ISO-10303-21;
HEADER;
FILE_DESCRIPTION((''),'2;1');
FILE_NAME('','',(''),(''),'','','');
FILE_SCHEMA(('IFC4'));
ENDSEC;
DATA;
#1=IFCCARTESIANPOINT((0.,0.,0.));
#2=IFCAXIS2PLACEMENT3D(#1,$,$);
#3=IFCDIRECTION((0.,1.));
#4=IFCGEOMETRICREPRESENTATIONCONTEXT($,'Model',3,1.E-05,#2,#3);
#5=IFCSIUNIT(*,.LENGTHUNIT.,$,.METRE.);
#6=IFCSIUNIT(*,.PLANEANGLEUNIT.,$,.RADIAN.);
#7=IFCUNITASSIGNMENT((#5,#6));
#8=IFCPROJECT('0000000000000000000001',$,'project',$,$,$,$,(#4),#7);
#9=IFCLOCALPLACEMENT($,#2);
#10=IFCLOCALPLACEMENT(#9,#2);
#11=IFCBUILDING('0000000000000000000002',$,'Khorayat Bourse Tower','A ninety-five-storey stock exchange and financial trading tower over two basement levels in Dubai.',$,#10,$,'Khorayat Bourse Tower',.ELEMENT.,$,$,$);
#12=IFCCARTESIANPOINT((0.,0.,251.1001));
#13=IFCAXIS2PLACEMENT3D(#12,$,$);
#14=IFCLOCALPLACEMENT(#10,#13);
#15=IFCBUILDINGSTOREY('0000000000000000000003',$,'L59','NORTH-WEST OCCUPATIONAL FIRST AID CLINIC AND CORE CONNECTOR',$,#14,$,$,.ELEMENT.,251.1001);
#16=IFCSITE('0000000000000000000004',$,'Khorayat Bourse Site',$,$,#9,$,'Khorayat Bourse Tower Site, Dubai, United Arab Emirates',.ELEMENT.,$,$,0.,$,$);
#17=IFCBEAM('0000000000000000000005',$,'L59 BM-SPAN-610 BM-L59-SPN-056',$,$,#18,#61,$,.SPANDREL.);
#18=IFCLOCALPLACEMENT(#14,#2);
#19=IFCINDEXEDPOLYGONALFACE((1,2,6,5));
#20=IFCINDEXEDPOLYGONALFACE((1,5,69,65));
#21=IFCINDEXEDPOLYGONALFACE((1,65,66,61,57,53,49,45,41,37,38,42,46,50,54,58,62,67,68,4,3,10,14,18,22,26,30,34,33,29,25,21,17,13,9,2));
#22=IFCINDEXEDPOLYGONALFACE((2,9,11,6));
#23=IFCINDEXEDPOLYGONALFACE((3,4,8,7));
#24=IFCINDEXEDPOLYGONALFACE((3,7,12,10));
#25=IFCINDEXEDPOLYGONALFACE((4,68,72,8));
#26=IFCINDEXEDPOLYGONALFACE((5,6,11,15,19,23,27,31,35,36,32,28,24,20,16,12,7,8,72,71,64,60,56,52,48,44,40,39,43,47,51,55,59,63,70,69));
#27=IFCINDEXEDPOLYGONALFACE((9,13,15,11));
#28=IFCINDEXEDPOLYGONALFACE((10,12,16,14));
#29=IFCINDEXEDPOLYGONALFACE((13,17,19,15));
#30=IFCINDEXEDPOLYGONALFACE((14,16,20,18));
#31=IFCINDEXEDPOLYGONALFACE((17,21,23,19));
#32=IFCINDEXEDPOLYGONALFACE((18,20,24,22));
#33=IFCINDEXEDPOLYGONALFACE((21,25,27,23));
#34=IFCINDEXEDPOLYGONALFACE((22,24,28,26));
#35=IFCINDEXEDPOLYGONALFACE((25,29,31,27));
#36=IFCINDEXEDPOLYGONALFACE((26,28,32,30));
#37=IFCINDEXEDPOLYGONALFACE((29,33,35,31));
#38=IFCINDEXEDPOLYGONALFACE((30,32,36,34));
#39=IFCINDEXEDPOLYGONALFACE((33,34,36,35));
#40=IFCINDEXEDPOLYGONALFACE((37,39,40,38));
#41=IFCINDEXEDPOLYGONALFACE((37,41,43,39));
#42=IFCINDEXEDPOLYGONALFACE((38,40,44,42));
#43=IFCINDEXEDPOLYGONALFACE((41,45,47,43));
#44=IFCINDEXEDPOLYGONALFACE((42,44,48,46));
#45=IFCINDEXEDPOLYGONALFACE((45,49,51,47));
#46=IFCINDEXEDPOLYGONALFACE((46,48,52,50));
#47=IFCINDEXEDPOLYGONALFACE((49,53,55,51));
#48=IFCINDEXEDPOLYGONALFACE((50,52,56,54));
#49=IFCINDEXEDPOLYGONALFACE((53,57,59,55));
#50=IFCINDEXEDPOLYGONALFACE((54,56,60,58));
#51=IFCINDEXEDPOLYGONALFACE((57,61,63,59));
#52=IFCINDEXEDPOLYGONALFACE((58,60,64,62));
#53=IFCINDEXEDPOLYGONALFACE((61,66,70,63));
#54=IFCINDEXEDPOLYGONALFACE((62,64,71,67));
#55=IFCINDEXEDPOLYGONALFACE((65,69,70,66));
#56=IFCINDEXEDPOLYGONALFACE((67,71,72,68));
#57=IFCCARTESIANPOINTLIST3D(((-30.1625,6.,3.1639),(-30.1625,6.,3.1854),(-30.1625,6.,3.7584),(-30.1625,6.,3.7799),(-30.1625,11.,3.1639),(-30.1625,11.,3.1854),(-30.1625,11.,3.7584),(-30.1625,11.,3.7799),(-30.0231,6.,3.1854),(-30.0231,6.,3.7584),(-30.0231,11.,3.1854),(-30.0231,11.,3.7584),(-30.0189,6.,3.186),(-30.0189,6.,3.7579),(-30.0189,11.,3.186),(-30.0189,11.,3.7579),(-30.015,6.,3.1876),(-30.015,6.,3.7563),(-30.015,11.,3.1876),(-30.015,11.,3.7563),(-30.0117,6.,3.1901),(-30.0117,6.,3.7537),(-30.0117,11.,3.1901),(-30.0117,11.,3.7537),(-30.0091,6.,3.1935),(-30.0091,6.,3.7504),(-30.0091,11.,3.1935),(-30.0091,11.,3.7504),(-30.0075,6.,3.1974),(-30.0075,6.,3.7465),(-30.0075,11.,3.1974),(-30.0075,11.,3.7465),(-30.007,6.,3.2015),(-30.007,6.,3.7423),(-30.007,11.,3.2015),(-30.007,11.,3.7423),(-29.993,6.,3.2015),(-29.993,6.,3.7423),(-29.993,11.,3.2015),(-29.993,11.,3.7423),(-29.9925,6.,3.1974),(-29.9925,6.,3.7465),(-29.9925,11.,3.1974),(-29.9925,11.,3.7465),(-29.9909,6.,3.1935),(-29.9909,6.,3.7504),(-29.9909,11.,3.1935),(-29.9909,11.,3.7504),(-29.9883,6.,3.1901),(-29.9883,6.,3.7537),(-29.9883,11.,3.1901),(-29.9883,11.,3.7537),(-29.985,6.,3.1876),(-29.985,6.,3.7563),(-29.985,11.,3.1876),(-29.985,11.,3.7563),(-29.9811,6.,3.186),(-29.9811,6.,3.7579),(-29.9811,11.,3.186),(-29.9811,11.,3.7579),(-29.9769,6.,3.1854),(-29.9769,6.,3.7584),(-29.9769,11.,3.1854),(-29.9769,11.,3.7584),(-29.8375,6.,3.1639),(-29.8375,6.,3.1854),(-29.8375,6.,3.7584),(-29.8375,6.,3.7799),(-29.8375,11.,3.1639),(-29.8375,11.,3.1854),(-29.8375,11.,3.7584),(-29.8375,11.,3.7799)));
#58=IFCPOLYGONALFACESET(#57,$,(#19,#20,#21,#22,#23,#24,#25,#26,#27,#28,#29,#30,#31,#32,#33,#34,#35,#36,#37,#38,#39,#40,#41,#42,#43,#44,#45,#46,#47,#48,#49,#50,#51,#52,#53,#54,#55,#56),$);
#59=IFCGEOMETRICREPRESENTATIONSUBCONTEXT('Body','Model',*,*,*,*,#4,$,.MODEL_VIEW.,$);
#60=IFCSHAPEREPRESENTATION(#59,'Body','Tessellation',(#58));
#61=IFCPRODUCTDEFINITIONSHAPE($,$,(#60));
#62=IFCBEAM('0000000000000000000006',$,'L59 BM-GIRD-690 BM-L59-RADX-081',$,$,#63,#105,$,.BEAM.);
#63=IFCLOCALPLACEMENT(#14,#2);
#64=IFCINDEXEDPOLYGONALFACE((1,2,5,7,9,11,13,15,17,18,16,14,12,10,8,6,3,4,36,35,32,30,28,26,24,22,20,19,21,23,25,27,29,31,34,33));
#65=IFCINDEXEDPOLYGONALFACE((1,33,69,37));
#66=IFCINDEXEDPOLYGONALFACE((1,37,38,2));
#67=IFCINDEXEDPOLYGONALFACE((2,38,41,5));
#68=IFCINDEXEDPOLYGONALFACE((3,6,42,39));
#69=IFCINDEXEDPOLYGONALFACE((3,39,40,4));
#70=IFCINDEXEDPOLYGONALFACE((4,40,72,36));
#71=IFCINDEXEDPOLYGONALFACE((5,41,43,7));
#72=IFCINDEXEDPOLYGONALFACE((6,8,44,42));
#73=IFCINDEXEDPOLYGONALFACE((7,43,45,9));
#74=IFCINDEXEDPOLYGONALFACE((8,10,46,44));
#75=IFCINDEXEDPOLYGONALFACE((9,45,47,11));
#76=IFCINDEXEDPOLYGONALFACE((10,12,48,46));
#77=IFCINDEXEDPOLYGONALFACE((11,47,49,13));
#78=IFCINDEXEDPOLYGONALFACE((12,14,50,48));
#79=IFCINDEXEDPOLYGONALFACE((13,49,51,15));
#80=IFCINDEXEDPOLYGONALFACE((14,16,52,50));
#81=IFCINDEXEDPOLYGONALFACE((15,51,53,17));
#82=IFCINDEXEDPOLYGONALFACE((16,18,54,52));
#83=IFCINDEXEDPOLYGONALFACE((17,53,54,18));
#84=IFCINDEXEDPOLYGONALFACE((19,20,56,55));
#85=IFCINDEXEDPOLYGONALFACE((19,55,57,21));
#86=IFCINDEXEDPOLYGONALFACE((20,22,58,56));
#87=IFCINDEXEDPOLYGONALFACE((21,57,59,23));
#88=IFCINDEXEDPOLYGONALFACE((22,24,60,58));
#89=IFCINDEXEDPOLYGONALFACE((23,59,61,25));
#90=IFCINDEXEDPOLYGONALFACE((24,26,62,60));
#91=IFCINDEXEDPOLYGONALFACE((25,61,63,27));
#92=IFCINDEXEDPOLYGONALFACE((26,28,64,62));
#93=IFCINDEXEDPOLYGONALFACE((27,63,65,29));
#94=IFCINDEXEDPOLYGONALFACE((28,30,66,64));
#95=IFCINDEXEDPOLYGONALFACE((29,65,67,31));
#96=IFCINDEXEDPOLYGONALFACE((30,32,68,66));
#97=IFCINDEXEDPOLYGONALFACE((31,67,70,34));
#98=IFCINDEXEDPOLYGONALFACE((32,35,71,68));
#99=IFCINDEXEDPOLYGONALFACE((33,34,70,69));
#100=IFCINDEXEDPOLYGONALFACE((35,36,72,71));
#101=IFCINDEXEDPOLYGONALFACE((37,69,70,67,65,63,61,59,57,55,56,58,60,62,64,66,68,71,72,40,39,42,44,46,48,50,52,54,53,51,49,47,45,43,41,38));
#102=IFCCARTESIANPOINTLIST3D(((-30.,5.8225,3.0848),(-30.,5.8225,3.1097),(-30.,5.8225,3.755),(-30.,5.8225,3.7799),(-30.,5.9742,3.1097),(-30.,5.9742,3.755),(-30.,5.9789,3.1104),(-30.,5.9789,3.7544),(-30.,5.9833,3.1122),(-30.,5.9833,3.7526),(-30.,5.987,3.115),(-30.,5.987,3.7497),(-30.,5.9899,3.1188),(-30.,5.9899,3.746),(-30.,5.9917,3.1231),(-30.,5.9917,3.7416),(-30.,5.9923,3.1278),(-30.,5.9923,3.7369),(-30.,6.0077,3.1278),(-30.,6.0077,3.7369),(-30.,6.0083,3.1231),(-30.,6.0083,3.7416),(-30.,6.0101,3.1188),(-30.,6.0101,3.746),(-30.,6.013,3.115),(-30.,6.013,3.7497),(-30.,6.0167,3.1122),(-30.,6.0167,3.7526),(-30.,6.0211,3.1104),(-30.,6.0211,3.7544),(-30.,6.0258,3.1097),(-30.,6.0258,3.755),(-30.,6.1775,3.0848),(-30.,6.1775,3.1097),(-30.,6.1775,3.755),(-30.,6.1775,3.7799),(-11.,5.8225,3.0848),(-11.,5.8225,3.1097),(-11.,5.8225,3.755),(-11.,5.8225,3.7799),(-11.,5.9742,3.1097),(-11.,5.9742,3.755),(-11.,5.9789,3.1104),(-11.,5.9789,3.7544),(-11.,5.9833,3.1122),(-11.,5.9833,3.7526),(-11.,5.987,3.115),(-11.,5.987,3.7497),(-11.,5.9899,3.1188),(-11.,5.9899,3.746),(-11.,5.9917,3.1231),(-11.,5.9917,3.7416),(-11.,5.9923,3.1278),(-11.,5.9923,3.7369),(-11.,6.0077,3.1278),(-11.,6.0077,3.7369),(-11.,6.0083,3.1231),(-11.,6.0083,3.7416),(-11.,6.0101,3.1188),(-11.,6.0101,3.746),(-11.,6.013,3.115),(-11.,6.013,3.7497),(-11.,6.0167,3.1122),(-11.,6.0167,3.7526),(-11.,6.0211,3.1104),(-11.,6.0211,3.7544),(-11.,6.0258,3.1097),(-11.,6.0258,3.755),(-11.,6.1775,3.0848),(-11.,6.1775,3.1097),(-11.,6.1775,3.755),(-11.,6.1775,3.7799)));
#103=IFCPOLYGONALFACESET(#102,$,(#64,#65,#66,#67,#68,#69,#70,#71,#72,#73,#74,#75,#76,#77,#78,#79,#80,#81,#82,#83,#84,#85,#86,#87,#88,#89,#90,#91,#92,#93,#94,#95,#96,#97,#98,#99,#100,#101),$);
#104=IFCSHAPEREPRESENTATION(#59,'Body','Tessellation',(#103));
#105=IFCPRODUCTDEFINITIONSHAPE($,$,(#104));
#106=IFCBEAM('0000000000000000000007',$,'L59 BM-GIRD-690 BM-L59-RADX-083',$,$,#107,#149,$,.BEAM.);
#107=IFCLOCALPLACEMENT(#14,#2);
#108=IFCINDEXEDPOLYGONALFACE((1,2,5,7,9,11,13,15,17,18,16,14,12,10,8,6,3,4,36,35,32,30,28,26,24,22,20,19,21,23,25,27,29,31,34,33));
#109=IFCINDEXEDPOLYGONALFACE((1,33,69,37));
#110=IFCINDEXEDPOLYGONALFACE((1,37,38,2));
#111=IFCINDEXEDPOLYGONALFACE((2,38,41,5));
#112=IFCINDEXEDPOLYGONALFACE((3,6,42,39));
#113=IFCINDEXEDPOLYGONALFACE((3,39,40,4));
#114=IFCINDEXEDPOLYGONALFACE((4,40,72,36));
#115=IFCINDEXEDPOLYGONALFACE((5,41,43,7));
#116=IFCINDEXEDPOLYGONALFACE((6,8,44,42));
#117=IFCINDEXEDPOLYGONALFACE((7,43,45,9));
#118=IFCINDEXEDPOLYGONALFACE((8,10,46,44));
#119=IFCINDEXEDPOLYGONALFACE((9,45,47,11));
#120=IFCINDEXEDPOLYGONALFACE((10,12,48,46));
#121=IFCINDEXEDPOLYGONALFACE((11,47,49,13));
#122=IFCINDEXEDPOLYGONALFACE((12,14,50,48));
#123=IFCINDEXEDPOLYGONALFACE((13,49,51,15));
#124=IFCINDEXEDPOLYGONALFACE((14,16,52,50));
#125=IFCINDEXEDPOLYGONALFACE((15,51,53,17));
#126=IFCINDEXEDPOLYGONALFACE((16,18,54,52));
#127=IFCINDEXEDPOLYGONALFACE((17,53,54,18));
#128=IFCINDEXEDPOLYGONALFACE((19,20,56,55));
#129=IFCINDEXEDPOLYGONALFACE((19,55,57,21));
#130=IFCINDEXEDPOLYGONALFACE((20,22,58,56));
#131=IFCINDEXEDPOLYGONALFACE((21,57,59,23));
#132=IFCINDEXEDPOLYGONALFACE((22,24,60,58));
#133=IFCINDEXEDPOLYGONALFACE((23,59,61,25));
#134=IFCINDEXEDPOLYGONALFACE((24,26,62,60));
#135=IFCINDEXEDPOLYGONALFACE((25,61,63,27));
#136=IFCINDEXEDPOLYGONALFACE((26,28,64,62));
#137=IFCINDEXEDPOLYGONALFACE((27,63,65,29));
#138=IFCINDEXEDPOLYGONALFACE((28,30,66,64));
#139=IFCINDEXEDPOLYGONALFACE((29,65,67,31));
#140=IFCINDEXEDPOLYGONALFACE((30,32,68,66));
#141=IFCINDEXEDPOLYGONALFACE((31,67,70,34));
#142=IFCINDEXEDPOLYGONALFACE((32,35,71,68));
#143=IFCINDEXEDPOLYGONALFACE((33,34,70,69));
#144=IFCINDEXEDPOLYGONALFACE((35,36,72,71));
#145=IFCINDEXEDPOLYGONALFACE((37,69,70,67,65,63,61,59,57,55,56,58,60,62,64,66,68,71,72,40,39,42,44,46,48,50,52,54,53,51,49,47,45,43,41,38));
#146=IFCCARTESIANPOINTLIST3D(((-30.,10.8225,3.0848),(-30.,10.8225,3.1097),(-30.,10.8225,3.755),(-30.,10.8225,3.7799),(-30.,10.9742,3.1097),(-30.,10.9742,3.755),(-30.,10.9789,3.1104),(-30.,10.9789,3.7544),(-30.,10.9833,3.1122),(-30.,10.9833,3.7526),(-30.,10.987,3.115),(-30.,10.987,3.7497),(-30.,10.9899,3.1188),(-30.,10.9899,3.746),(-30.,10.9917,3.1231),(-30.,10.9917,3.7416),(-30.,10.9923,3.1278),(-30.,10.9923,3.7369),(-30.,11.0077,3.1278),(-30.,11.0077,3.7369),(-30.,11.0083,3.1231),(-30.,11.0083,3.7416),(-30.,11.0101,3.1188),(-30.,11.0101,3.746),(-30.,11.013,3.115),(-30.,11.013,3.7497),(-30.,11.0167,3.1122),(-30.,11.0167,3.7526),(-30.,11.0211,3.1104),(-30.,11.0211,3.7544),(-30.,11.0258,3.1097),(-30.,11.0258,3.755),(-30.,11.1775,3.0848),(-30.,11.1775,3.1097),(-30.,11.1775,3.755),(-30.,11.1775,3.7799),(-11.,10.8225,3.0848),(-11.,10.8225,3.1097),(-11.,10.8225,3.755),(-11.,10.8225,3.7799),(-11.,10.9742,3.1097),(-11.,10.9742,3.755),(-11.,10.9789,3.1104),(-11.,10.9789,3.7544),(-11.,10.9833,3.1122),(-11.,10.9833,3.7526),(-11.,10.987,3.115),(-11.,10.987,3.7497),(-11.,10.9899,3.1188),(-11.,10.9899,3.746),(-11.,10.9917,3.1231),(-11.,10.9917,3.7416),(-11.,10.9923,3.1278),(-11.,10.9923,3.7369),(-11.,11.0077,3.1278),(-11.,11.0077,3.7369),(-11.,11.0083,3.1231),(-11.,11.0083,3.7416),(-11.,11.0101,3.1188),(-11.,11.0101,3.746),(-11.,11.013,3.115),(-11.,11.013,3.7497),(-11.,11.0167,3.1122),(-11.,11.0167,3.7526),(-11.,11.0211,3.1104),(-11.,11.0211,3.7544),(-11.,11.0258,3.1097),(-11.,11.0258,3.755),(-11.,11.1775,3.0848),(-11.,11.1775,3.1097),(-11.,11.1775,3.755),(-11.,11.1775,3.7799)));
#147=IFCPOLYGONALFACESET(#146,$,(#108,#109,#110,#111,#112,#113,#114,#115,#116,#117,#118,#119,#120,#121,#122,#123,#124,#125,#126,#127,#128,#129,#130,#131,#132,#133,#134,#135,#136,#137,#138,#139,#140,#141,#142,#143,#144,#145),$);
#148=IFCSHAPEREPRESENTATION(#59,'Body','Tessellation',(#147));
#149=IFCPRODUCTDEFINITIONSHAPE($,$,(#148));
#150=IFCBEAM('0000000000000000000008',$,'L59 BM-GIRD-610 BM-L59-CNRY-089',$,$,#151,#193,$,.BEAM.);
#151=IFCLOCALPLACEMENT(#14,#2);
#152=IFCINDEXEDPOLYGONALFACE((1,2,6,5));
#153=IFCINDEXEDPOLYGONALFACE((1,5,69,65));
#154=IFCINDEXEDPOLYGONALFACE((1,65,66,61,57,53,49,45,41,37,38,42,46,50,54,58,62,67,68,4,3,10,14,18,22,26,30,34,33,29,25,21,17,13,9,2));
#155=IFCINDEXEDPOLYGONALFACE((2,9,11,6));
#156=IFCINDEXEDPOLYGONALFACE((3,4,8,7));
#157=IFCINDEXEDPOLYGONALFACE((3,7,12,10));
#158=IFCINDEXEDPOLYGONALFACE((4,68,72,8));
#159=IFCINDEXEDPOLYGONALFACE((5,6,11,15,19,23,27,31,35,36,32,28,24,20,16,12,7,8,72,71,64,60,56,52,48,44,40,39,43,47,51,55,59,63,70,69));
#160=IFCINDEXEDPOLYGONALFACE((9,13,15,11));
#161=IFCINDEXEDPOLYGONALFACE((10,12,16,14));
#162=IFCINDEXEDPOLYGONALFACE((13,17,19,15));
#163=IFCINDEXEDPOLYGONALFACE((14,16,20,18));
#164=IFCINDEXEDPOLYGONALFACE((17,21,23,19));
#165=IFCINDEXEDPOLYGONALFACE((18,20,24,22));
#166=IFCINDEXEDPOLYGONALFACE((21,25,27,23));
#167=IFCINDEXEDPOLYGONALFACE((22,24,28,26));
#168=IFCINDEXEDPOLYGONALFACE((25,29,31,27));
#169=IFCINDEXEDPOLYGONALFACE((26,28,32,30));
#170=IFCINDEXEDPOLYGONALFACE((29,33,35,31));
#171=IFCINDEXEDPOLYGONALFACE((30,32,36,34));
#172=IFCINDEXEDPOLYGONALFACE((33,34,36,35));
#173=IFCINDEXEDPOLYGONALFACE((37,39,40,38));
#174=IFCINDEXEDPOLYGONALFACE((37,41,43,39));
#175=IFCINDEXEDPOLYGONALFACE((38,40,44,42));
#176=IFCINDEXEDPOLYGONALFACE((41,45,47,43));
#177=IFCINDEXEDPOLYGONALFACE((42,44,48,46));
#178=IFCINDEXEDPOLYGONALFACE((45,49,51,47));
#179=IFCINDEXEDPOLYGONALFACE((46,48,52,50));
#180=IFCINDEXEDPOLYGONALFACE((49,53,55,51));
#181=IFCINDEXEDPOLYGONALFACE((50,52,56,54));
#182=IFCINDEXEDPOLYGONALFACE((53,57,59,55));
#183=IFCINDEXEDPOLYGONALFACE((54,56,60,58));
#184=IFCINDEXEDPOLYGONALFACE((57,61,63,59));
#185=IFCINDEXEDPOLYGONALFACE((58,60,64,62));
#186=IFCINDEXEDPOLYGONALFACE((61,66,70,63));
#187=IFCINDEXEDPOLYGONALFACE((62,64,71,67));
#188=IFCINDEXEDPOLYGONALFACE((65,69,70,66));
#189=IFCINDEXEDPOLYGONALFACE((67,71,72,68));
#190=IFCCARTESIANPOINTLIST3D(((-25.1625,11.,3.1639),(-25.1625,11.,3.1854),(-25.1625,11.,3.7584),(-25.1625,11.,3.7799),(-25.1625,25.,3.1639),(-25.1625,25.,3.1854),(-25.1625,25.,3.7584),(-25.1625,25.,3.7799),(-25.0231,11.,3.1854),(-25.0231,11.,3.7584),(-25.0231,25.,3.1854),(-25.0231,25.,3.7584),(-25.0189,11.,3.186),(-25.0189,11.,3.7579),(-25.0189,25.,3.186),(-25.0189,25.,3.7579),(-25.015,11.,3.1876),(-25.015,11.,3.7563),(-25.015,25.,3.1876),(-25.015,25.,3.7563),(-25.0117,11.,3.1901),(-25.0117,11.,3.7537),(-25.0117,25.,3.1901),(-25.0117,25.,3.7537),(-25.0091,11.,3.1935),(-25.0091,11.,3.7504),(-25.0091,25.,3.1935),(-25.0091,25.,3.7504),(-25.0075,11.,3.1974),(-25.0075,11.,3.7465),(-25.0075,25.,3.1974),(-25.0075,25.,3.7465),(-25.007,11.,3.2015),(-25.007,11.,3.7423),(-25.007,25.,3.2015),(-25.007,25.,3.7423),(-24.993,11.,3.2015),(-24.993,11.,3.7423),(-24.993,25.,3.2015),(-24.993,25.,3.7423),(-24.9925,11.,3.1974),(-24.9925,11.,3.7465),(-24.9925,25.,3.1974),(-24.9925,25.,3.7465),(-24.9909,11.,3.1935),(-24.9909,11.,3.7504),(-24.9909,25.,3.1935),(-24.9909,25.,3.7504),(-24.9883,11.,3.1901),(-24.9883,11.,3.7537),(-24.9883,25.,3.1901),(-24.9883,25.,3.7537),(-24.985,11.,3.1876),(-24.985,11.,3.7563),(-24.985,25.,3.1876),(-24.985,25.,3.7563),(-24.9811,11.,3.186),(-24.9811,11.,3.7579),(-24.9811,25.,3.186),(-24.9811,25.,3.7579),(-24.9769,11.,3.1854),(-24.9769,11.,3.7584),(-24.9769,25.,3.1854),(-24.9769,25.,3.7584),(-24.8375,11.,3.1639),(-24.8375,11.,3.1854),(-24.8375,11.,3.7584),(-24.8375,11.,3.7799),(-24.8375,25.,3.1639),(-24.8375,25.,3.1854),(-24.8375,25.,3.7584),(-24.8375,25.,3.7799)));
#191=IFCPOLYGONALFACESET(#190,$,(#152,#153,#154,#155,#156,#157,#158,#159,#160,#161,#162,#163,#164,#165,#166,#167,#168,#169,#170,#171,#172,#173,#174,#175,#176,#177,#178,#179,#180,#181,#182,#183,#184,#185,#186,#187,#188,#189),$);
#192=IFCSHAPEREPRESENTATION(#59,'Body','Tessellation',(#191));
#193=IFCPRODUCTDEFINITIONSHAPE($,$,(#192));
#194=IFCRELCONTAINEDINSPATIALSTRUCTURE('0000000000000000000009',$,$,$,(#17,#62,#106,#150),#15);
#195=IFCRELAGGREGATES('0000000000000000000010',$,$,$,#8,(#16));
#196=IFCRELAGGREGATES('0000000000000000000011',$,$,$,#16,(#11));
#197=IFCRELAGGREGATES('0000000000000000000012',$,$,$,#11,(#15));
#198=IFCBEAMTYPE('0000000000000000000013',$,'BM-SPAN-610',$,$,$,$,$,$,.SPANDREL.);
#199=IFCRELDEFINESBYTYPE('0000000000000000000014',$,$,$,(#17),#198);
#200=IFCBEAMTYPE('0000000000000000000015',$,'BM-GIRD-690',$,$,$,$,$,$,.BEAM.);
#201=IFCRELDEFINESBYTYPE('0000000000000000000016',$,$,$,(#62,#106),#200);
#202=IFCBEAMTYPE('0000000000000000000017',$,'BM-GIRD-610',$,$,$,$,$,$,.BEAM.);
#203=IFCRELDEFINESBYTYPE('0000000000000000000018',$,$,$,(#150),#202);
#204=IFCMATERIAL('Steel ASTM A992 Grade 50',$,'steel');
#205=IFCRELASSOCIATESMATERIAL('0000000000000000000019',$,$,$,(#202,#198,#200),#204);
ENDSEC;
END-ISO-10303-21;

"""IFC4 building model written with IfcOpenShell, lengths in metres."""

from ifc_helpers import new_model, si_unit, direction, frame, origin, origin_2d, place, context, subcontext, project, spatial, i_section, extrude, source, transform, mapped, material, material_profile, profile_set, type_object, element, save


model = new_model("IFC4")

# Units and contexts
model_context = context("Model", 3, precision=1e-05, world=origin(), true_north=direction((0.0, 1.0)))
body_context = subcontext(model_context, "Body", "Model", "MODEL_VIEW")
ifc_project = project(units=[si_unit("LENGTHUNIT", "METRE"), si_unit("PLANEANGLEUNIT", "RADIAN")], contexts=[model_context])

# Site, building, storey
site_placement = place(None, origin())
site = spatial("IfcSite", under=ifc_project, at=site_placement, Name="Khorayat Bourse Site", LongName="Khorayat Bourse Tower Site, Dubai, United Arab Emirates", CompositionType="ELEMENT", RefElevation=0.0)
building_placement = place(site_placement, origin())
building = spatial("IfcBuilding", under=site, at=building_placement, Name="Khorayat Bourse Tower", Description="A ninety-five-storey stock exchange and financial trading tower over two basement levels in Dubai.", LongName="Khorayat Bourse Tower", CompositionType="ELEMENT")
storey_placement = place(building_placement, frame((0.0, 0.0, 251.1001)))
storey = spatial("IfcBuildingStorey", under=building, at=storey_placement, Name="L59", Description="NORTH-WEST OCCUPATIONAL FIRST AID CLINIC AND CORE CONNECTOR", CompositionType="ELEMENT", Elevation=251.1001)

# Beams
ifc_material_1 = material(Name="Steel ASTM A992 Grade 50", Category="steel")
ifc_material_profile_1 = material_profile(ifc_material_1, i_section(OverallWidth=0.325, OverallDepth=0.616, WebThickness=0.0139, FlangeThickness=0.0215, FilletRadius=0.0161, at=origin_2d()), Name="W610X174")
ifc_profile_set_1 = profile_set([ifc_material_profile_1], Name="Steel ASTM A992 Grade 50")
beam_type_1 = type_object("IfcBeamType", Name="BM-GIRD-610", PredefinedType="BEAM", material=ifc_profile_set_1)
ifc_material_profile_2 = material_profile(ifc_material_1, i_section(OverallWidth=0.325, OverallDepth=0.616, WebThickness=0.0139, FlangeThickness=0.0215, FilletRadius=0.0161, at=origin_2d()), Name="W610X174")
ifc_profile_set_2 = profile_set([ifc_material_profile_2], Name="Steel ASTM A992 Grade 50")
beam_type_2 = type_object("IfcBeamType", Name="BM-SPAN-610", PredefinedType="SPANDREL", material=ifc_profile_set_2)
shared_shape_1 = source(origin(), body_context, "Body", "SweptSolid", [
    extrude(i_section(OverallWidth=0.325, OverallDepth=0.616, WebThickness=0.0139, FlangeThickness=0.0215, FilletRadius=0.0161, at=origin_2d()), origin(), (0.0, 0.0, 1.0), 5.0),
])
beam_1_placement = place(storey_placement, frame((-30.0, 6.0, 3.4719), z_axis=(0.0, 1.0, 0.0), x_axis=(-1.0, 0.0, 0.0)))
element("IfcBeam", 1, at=beam_1_placement, inside=storey, type_object=beam_type_2, Name="L59 BM-SPAN-610 BM-L59-SPN-056", PredefinedType="SPANDREL", context=body_context, shape_type="MappedRepresentation", body=[
    mapped(shared_shape_1, transform((0.0, 0.0, 0.0), scale=1.0)),
])
ifc_material_profile_3 = material_profile(ifc_material_1, i_section(OverallWidth=0.355, OverallDepth=0.6951, WebThickness=0.0154, FlangeThickness=0.0249, FilletRadius=0.0181, at=origin_2d()), Name="W690X217")
ifc_profile_set_3 = profile_set([ifc_material_profile_3], Name="Steel ASTM A992 Grade 50")
beam_type_3 = type_object("IfcBeamType", Name="BM-GIRD-690", PredefinedType="BEAM", material=ifc_profile_set_3)
shared_shape_2 = source(origin(), body_context, "Body", "SweptSolid", [
    extrude(i_section(OverallWidth=0.355, OverallDepth=0.6951, WebThickness=0.0154, FlangeThickness=0.0249, FilletRadius=0.0181, at=origin_2d()), origin(), (0.0, 0.0, 1.0), 19.0),
])
for number, where, z_axis, x_axis, name in (
    (2, (-30.0, 6.0, 3.4324), (1.0, 0.0, 0.0), (0.0, 1.0, 0.0), "L59 BM-GIRD-690 BM-L59-RADX-081"),
    (3, (-30.0, 11.0, 3.4324), (1.0, 0.0, 0.0), (0.0, 1.0, 0.0), "L59 BM-GIRD-690 BM-L59-RADX-083"),
):
    element("IfcBeam", number, at=place(storey_placement, frame(where, z_axis=z_axis, x_axis=x_axis)), inside=storey, type_object=beam_type_3, Name=name, PredefinedType="BEAM", context=body_context, shape_type="MappedRepresentation", body=[
        mapped(shared_shape_2, transform((0.0, 0.0, 0.0), scale=1.0)),
    ])
shared_shape_3 = source(origin(), body_context, "Body", "SweptSolid", [
    extrude(i_section(OverallWidth=0.325, OverallDepth=0.616, WebThickness=0.0139, FlangeThickness=0.0215, FilletRadius=0.0161, at=origin_2d()), origin(), (0.0, 0.0, 1.0), 14.0),
])
beam_2_placement = place(storey_placement, frame((-25.0, 11.0, 3.4719), z_axis=(0.0, 1.0, 0.0), x_axis=(-1.0, 0.0, 0.0)))
element("IfcBeam", 4, at=beam_2_placement, inside=storey, type_object=beam_type_1, Name="L59 BM-GIRD-610 BM-L59-CNRY-089", PredefinedType="BEAM", context=body_context, shape_type="MappedRepresentation", body=[
    mapped(shared_shape_3, transform((0.0, 0.0, 0.0), scale=1.0)),
])

save(model, "model.ifc")
